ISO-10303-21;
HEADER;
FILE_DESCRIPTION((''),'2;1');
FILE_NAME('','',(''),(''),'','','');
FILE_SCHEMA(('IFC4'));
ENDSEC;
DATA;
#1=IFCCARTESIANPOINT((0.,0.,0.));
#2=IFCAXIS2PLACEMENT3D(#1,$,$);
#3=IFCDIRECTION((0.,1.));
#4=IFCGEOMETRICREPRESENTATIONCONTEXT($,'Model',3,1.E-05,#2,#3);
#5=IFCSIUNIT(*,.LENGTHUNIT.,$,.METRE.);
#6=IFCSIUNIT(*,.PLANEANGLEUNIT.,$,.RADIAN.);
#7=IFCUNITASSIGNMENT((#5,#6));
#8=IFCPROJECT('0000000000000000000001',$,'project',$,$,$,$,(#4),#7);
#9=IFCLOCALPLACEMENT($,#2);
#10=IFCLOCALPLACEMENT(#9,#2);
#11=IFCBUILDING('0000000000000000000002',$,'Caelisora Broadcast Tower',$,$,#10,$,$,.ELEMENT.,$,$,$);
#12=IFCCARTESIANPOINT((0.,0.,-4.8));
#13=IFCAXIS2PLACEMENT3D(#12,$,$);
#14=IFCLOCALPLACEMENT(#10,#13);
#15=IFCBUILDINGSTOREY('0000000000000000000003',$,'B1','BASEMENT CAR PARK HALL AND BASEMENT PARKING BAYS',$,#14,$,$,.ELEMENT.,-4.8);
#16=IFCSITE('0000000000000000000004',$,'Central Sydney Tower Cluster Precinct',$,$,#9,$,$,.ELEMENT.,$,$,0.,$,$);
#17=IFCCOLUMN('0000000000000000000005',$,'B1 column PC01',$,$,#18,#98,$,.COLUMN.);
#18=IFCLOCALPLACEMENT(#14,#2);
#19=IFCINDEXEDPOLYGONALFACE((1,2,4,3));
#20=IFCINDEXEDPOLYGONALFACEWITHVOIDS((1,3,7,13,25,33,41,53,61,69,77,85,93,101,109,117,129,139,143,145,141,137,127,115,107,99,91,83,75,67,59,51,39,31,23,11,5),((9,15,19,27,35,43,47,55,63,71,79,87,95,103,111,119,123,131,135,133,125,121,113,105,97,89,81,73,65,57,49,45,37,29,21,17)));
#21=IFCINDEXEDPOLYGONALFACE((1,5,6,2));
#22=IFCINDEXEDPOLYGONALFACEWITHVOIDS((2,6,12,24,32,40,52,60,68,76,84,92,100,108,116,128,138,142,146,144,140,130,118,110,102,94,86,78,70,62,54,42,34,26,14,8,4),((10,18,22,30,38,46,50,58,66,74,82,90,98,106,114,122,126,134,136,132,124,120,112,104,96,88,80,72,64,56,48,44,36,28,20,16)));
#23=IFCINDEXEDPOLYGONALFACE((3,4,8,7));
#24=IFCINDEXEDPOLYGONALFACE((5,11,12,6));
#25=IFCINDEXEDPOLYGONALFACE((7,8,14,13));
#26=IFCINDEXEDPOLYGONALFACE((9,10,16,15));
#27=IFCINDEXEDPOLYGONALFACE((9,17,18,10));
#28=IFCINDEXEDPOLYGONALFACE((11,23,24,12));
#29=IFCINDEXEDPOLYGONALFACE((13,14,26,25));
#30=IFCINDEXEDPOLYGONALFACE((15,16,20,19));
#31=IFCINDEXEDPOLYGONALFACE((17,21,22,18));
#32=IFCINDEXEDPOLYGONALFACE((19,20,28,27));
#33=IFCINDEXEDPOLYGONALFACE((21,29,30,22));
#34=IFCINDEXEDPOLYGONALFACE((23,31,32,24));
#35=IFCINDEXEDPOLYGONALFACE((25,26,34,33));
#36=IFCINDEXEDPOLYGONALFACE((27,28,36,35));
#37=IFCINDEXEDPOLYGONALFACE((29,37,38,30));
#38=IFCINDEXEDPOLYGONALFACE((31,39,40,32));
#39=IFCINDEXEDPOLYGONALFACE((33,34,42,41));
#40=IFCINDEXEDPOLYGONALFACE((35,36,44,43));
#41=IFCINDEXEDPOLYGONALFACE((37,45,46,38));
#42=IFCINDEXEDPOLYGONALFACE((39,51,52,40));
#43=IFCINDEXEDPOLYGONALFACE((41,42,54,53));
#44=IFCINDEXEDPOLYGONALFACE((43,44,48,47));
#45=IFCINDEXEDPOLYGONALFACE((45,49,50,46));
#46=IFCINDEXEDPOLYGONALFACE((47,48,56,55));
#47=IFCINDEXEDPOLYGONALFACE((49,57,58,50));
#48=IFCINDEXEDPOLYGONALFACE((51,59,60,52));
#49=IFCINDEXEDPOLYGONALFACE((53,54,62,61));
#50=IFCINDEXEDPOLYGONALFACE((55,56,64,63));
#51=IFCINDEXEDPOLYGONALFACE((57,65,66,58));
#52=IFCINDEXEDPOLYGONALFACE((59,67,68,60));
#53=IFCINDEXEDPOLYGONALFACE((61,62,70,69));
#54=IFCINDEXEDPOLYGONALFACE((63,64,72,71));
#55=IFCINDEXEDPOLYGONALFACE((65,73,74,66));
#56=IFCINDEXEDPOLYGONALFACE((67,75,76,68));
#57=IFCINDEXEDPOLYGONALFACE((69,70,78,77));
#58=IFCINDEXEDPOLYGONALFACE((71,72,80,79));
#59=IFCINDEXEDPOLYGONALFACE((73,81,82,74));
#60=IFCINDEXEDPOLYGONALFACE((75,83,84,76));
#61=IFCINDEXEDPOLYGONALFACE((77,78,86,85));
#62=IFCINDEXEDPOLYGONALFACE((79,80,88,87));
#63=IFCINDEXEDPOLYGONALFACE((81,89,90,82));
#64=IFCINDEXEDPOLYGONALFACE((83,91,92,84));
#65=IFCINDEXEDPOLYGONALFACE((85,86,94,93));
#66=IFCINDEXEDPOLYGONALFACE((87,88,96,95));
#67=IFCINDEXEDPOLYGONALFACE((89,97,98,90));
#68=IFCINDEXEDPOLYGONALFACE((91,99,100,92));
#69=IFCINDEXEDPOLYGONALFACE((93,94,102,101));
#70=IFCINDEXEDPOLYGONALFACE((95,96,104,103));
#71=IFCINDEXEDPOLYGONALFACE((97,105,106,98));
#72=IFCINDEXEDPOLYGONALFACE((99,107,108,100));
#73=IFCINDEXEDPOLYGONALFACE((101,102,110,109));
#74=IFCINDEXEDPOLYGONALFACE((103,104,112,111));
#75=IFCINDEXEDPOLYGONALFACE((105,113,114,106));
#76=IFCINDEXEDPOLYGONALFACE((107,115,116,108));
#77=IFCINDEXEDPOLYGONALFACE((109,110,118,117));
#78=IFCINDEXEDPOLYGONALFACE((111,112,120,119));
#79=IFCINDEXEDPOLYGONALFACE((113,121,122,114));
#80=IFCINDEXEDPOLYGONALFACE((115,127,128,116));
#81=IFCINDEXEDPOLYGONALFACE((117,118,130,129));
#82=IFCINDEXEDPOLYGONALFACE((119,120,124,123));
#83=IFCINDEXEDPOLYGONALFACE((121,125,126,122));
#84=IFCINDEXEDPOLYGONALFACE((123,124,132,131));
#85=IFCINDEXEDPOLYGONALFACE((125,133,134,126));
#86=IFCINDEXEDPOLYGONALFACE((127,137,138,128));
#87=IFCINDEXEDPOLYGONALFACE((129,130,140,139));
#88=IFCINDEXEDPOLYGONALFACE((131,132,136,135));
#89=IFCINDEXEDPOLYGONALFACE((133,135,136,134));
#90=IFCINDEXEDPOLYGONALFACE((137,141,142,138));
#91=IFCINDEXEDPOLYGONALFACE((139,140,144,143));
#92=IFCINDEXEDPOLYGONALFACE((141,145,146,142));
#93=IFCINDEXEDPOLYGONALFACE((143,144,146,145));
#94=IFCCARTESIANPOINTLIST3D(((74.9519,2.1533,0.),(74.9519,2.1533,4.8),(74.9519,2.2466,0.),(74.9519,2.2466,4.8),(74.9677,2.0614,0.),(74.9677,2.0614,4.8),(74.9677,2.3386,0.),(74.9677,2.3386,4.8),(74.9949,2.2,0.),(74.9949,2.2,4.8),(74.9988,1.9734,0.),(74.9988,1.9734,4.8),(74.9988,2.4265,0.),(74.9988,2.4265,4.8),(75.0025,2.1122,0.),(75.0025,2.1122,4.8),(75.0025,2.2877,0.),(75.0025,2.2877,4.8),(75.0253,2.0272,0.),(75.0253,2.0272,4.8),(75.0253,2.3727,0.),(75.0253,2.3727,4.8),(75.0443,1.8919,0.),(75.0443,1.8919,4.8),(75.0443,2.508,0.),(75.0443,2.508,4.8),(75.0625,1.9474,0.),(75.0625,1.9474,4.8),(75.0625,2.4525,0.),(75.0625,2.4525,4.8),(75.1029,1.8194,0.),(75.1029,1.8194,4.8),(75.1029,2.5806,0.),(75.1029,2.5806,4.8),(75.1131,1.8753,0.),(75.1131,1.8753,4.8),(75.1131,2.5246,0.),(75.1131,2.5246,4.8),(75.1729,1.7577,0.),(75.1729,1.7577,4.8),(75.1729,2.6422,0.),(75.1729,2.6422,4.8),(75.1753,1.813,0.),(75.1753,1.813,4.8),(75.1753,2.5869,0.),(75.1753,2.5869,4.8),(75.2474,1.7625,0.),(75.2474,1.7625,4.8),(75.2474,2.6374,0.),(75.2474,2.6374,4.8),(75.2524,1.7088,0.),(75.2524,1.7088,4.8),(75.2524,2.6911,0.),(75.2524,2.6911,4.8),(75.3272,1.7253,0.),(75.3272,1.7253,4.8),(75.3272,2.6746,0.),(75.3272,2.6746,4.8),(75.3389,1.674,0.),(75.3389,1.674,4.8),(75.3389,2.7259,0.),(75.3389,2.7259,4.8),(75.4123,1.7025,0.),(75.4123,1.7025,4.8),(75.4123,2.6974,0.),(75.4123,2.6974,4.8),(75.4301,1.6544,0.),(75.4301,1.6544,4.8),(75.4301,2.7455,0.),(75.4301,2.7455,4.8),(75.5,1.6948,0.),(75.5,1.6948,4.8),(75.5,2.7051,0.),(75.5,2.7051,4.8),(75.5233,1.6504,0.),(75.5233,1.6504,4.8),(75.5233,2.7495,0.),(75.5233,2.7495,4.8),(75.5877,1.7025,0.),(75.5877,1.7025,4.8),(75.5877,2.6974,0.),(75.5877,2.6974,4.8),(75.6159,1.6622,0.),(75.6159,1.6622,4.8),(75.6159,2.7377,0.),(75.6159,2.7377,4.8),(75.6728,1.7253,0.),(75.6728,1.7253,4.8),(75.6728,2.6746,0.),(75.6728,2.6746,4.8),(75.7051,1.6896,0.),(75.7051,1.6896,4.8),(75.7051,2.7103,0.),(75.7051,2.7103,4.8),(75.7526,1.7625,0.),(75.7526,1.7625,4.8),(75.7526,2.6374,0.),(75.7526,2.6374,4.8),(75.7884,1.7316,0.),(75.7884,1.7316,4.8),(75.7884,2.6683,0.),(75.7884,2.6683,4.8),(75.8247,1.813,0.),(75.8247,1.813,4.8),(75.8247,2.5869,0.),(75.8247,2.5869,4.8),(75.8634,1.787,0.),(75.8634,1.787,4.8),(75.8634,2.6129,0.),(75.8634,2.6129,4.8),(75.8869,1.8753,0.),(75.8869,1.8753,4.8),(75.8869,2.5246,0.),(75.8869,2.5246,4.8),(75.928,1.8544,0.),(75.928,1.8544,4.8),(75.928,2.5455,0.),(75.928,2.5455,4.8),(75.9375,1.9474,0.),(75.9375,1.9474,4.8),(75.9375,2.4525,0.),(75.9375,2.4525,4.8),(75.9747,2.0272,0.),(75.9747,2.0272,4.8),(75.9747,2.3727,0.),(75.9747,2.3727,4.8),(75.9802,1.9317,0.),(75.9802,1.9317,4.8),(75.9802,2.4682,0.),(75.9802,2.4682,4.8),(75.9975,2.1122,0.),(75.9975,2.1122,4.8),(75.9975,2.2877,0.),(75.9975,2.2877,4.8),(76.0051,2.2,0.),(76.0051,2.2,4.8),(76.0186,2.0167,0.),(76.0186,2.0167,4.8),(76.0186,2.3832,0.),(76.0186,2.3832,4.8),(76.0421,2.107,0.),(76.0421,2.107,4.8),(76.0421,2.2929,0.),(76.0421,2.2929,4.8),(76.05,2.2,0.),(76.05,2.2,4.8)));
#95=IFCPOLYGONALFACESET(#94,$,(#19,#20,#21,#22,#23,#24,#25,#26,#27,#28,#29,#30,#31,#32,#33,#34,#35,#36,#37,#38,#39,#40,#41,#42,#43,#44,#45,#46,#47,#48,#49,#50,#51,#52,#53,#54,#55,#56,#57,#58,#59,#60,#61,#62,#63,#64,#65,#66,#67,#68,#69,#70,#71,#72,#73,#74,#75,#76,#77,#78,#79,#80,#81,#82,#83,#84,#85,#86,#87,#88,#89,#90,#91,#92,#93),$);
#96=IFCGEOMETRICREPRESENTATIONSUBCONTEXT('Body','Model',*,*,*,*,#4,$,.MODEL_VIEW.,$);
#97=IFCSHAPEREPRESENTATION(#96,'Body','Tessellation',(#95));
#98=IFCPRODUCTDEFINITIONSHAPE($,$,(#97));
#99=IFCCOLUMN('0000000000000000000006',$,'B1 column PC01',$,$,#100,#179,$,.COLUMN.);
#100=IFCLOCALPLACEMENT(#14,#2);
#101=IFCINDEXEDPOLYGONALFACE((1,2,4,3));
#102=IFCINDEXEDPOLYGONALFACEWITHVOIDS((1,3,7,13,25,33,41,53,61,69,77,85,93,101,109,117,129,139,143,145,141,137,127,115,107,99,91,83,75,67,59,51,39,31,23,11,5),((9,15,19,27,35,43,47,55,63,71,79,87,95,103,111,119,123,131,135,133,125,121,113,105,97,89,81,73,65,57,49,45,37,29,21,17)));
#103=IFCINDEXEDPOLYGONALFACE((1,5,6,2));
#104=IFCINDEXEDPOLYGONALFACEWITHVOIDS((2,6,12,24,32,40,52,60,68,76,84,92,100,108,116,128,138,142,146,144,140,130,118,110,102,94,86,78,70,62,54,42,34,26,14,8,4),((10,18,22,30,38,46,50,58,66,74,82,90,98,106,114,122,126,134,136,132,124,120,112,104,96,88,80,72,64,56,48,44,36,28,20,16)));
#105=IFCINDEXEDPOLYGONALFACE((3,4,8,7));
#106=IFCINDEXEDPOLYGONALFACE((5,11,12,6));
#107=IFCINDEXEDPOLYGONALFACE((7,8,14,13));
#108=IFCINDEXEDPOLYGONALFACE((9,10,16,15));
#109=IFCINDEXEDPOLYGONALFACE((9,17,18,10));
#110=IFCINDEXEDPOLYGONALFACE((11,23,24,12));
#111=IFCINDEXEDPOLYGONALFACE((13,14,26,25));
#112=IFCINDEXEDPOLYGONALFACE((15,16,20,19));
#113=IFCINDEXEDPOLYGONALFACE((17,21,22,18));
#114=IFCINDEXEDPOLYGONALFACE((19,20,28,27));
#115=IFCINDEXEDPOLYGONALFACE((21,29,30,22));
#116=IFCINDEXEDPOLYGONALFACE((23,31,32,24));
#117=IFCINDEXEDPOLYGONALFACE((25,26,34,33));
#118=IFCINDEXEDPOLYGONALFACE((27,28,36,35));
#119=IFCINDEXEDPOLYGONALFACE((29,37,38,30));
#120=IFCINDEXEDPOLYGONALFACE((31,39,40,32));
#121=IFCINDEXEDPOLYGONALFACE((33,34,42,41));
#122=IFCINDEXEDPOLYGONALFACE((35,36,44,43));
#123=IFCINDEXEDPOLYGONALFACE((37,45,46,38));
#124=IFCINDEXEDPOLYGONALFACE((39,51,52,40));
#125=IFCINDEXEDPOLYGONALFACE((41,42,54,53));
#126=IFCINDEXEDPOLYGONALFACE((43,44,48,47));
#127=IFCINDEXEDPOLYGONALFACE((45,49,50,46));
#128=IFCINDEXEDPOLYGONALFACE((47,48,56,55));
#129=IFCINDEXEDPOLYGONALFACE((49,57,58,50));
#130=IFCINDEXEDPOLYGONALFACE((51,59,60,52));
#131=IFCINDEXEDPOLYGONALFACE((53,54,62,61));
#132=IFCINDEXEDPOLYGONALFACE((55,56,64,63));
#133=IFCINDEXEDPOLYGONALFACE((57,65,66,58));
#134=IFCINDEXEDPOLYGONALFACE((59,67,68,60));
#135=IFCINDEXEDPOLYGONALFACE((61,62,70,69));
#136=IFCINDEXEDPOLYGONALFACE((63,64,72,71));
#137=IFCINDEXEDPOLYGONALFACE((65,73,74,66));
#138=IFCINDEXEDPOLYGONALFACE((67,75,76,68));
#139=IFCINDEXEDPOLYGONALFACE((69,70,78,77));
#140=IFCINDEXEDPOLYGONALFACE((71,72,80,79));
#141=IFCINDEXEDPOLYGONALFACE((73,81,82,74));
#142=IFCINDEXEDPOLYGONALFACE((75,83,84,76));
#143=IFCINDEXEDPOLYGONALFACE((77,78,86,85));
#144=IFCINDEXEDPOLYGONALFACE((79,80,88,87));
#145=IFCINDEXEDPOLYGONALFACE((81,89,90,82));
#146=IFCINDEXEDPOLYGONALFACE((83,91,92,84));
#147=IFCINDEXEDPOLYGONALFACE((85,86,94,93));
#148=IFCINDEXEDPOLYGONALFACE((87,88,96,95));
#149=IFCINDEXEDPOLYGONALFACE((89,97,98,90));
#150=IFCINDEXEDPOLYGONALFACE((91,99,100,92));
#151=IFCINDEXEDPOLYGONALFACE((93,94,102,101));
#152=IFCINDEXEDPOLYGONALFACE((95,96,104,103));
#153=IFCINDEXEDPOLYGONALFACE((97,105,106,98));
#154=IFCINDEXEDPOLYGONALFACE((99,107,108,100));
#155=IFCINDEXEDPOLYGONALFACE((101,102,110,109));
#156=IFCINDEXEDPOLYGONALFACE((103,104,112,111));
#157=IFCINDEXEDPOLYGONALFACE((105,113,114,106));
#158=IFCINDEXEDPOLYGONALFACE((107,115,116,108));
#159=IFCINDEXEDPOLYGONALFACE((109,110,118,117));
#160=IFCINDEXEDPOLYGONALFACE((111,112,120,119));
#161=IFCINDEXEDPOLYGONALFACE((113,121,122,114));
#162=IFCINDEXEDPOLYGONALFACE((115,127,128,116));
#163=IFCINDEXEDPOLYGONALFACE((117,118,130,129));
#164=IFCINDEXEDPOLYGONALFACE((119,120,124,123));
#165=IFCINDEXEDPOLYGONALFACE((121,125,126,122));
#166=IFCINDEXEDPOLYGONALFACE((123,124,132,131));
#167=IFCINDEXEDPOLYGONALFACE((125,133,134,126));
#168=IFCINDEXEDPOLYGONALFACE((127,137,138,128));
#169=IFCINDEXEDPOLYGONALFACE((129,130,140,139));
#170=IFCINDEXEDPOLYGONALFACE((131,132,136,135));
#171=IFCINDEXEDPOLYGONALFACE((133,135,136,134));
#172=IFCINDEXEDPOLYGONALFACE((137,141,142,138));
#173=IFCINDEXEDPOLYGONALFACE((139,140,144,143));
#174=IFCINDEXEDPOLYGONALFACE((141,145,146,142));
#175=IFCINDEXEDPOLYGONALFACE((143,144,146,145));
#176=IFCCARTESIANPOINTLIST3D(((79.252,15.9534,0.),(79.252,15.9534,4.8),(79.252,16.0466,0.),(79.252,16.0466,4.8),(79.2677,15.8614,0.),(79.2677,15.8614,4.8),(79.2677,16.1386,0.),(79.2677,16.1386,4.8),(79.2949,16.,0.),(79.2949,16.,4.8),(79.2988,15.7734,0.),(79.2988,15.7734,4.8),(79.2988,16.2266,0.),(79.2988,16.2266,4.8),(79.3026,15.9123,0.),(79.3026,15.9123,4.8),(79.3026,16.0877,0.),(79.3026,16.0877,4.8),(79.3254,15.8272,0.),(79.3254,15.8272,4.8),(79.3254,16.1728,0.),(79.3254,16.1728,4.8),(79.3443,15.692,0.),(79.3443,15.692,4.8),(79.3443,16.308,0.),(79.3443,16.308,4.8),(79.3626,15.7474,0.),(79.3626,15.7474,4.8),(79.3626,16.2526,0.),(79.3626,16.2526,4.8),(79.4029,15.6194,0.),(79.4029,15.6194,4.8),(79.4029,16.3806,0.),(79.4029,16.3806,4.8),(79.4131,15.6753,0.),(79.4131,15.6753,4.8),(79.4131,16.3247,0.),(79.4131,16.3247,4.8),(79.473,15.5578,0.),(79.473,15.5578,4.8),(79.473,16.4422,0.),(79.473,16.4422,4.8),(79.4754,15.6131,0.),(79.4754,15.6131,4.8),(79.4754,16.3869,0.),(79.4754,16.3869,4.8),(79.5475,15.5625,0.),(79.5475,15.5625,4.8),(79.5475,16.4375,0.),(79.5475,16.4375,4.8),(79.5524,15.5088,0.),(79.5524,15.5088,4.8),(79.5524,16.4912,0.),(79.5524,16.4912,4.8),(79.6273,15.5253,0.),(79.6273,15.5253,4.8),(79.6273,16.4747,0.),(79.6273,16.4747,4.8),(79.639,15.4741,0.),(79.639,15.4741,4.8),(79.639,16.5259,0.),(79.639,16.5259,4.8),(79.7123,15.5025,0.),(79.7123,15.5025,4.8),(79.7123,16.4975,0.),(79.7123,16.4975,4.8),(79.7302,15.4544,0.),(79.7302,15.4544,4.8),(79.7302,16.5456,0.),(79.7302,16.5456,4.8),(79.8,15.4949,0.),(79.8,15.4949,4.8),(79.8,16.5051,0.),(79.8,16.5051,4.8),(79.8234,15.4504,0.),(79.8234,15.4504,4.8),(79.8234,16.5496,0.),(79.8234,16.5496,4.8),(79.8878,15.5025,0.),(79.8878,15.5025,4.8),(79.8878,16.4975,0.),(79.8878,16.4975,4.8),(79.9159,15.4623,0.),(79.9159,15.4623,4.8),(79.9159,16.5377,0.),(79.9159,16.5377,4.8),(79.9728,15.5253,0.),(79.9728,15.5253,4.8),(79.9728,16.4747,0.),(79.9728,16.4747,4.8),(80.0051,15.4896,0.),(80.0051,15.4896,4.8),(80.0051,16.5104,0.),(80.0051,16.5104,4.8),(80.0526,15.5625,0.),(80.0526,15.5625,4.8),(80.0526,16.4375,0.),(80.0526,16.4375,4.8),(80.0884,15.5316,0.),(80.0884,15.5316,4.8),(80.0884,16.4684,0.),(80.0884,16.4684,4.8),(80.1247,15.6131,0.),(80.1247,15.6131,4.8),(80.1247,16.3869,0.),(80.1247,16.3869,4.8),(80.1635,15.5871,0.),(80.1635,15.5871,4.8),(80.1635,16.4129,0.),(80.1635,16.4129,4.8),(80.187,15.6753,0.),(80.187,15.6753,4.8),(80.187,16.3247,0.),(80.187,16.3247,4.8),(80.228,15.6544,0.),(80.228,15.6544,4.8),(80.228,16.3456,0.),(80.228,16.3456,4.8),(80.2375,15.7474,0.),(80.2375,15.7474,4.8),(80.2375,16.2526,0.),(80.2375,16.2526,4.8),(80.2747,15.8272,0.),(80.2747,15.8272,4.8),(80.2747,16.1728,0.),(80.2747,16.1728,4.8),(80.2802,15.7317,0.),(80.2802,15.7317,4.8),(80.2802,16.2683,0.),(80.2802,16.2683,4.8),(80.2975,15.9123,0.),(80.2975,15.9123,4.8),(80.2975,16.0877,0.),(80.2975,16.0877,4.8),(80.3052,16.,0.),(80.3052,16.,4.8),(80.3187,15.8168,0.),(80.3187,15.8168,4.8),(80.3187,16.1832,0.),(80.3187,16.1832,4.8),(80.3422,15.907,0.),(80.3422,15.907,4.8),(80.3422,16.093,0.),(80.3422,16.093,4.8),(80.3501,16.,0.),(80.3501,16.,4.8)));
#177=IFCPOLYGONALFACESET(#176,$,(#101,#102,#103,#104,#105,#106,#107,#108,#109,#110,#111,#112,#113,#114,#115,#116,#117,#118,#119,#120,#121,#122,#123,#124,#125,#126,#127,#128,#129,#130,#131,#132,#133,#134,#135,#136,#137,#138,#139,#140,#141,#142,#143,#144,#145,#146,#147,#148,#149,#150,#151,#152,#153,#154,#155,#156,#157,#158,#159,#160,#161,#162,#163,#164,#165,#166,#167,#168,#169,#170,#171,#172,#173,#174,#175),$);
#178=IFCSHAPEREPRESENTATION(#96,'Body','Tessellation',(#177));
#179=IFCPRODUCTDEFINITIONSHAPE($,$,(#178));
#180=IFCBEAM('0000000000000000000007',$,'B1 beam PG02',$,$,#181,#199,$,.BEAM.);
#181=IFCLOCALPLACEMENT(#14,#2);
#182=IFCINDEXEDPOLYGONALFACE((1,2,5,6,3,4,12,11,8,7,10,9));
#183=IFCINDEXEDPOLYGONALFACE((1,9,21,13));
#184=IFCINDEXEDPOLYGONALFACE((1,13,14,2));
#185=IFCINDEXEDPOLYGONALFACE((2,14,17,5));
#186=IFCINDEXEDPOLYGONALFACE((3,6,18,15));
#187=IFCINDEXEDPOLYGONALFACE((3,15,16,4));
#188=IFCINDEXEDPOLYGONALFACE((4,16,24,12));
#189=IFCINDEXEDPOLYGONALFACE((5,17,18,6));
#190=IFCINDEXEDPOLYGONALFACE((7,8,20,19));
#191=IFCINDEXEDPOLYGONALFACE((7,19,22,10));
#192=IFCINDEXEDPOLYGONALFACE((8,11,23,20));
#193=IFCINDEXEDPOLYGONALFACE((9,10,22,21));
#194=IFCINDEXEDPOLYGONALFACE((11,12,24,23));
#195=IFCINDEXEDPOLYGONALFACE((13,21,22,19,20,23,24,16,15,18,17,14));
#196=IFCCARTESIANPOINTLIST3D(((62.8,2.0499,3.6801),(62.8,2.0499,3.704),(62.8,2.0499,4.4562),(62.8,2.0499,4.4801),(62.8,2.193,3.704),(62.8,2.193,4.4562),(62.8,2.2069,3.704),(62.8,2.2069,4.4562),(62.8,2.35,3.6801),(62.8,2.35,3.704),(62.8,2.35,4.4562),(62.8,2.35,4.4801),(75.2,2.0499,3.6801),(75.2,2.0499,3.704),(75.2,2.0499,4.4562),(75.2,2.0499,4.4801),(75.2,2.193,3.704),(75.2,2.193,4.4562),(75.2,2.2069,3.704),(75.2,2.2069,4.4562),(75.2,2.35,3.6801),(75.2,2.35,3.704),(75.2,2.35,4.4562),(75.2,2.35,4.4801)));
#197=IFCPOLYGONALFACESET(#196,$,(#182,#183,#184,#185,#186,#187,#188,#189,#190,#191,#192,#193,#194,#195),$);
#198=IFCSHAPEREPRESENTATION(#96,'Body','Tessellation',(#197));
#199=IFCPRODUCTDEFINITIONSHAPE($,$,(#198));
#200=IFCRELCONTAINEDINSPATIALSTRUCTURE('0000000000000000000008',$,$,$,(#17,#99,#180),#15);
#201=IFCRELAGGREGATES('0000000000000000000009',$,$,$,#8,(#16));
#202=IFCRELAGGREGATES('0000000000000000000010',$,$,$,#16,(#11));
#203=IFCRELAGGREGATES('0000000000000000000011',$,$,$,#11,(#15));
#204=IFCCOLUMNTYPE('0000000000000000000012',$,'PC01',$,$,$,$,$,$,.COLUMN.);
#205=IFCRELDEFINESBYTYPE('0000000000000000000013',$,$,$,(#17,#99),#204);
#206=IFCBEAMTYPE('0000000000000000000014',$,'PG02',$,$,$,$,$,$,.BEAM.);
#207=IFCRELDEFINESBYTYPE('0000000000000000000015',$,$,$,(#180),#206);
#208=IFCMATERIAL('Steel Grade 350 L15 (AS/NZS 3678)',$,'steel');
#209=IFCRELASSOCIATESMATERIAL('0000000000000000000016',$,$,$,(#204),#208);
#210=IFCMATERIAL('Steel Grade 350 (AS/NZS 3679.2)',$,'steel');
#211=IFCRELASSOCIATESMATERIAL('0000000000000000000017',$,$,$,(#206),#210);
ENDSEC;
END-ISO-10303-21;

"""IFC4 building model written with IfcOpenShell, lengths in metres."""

from ifc_helpers import new_model, si_unit, direction, frame, origin, origin_2d, place, context, subcontext, project, spatial, hollow_circle, i_section, extrude, source, transform, mapped, material, material_profile, profile_set, type_object, type_shapes, element, save


model = new_model("IFC4")

# Units and contexts
model_context = context("Model", 3, precision=1e-05, world=origin(), true_north=direction((0.0, 1.0)))
body_context = subcontext(model_context, "Body", "Model", "MODEL_VIEW")
ifc_project = project(units=[si_unit("LENGTHUNIT", "METRE"), si_unit("PLANEANGLEUNIT", "RADIAN")], contexts=[model_context])

# Site, building, storey
site_placement = place(None, origin())
site = spatial("IfcSite", under=ifc_project, at=site_placement, Name="Central Sydney Tower Cluster Precinct", CompositionType="ELEMENT", RefElevation=0.0)
building_placement = place(site_placement, origin())
building = spatial("IfcBuilding", under=site, at=building_placement, Name="Caelisora Broadcast Tower", CompositionType="ELEMENT")
storey_placement = place(building_placement, frame((0.0, 0.0, -4.8)))
storey = spatial("IfcBuildingStorey", under=building, at=storey_placement, Name="B1", Description="BASEMENT CAR PARK HALL AND BASEMENT PARKING BAYS", CompositionType="ELEMENT", Elevation=-4.8)

# Columns
ifc_material_1 = material(Name="Steel Grade 350 L15 (AS/NZS 3678)", Category="steel")
ifc_material_profile_1 = material_profile(ifc_material_1, hollow_circle(Radius=0.55, WallThickness=0.0449, at=origin_2d()), Name="Steel Grade 350 L15 (AS/NZS 3678)")
ifc_profile_set_1 = profile_set([ifc_material_profile_1], Name="Steel Grade 350 L15 (AS/NZS 3678)")
column_type_1 = type_object("IfcColumnType", Name="PC01", PredefinedType="COLUMN", material=ifc_profile_set_1)
shared_shape_1 = source(origin(), body_context, "Body", "SweptSolid", [
    extrude(hollow_circle(Radius=0.55, WallThickness=0.0449, at=origin_2d()), origin(), (0.0, 0.0, 1.0), 4.8),
])
type_shapes(column_type_1, [shared_shape_1])
for number, where, z_axis, x_axis, name in (
    (1, (75.5, 2.2, 0.0), (0.0, 0.0, 1.0), (1.0, 0.0, 0.0), "B1 column PC01"),
    (2, (79.8, 16.0, 0.0), (0.0, 0.0, 1.0), (1.0, 0.0, 0.0), "B1 column PC01"),
):
    element("IfcColumn", number, at=place(storey_placement, frame(where, z_axis=z_axis, x_axis=x_axis)), inside=storey, type_object=column_type_1, Name=name, PredefinedType="COLUMN", context=body_context, shape_type="MappedRepresentation", body=[
        mapped(shared_shape_1, transform((0.0, 0.0, 0.0), scale=1.0)),
    ])

# Beam
ifc_material_2 = material(Name="Steel Grade 350 (AS/NZS 3679.2)", Category="steel")
ifc_material_profile_2 = material_profile(ifc_material_2, i_section(OverallWidth=0.3, OverallDepth=0.8, WebThickness=0.0139, FlangeThickness=0.0239, at=origin_2d()), Name="Steel Grade 350 (AS/NZS 3679.2)")
ifc_profile_set_2 = profile_set([ifc_material_profile_2], Name="Steel Grade 350 (AS/NZS 3679.2)")
beam_type_1 = type_object("IfcBeamType", Name="PG02", PredefinedType="BEAM", material=ifc_profile_set_2)
shared_shape_2 = source(origin(), body_context, "Body", "SweptSolid", [
    extrude(i_section(OverallWidth=0.3, OverallDepth=0.8, WebThickness=0.0139, FlangeThickness=0.0239, at=origin_2d()), origin(), (0.0, 0.0, 1.0), 12.3999),
])
beam_1_placement = place(storey_placement, frame((62.8, 2.2, 4.0801), z_axis=(1.0, 0.0, 0.0), x_axis=(0.0, 1.0, 0.0)))
element("IfcBeam", 3, at=beam_1_placement, inside=storey, type_object=beam_type_1, Name="B1 beam PG02", PredefinedType="BEAM", context=body_context, shape_type="MappedRepresentation", body=[
    mapped(shared_shape_2, transform((0.0, 0.0, 0.0), scale=1.0)),
])

save(model, "model.ifc")
